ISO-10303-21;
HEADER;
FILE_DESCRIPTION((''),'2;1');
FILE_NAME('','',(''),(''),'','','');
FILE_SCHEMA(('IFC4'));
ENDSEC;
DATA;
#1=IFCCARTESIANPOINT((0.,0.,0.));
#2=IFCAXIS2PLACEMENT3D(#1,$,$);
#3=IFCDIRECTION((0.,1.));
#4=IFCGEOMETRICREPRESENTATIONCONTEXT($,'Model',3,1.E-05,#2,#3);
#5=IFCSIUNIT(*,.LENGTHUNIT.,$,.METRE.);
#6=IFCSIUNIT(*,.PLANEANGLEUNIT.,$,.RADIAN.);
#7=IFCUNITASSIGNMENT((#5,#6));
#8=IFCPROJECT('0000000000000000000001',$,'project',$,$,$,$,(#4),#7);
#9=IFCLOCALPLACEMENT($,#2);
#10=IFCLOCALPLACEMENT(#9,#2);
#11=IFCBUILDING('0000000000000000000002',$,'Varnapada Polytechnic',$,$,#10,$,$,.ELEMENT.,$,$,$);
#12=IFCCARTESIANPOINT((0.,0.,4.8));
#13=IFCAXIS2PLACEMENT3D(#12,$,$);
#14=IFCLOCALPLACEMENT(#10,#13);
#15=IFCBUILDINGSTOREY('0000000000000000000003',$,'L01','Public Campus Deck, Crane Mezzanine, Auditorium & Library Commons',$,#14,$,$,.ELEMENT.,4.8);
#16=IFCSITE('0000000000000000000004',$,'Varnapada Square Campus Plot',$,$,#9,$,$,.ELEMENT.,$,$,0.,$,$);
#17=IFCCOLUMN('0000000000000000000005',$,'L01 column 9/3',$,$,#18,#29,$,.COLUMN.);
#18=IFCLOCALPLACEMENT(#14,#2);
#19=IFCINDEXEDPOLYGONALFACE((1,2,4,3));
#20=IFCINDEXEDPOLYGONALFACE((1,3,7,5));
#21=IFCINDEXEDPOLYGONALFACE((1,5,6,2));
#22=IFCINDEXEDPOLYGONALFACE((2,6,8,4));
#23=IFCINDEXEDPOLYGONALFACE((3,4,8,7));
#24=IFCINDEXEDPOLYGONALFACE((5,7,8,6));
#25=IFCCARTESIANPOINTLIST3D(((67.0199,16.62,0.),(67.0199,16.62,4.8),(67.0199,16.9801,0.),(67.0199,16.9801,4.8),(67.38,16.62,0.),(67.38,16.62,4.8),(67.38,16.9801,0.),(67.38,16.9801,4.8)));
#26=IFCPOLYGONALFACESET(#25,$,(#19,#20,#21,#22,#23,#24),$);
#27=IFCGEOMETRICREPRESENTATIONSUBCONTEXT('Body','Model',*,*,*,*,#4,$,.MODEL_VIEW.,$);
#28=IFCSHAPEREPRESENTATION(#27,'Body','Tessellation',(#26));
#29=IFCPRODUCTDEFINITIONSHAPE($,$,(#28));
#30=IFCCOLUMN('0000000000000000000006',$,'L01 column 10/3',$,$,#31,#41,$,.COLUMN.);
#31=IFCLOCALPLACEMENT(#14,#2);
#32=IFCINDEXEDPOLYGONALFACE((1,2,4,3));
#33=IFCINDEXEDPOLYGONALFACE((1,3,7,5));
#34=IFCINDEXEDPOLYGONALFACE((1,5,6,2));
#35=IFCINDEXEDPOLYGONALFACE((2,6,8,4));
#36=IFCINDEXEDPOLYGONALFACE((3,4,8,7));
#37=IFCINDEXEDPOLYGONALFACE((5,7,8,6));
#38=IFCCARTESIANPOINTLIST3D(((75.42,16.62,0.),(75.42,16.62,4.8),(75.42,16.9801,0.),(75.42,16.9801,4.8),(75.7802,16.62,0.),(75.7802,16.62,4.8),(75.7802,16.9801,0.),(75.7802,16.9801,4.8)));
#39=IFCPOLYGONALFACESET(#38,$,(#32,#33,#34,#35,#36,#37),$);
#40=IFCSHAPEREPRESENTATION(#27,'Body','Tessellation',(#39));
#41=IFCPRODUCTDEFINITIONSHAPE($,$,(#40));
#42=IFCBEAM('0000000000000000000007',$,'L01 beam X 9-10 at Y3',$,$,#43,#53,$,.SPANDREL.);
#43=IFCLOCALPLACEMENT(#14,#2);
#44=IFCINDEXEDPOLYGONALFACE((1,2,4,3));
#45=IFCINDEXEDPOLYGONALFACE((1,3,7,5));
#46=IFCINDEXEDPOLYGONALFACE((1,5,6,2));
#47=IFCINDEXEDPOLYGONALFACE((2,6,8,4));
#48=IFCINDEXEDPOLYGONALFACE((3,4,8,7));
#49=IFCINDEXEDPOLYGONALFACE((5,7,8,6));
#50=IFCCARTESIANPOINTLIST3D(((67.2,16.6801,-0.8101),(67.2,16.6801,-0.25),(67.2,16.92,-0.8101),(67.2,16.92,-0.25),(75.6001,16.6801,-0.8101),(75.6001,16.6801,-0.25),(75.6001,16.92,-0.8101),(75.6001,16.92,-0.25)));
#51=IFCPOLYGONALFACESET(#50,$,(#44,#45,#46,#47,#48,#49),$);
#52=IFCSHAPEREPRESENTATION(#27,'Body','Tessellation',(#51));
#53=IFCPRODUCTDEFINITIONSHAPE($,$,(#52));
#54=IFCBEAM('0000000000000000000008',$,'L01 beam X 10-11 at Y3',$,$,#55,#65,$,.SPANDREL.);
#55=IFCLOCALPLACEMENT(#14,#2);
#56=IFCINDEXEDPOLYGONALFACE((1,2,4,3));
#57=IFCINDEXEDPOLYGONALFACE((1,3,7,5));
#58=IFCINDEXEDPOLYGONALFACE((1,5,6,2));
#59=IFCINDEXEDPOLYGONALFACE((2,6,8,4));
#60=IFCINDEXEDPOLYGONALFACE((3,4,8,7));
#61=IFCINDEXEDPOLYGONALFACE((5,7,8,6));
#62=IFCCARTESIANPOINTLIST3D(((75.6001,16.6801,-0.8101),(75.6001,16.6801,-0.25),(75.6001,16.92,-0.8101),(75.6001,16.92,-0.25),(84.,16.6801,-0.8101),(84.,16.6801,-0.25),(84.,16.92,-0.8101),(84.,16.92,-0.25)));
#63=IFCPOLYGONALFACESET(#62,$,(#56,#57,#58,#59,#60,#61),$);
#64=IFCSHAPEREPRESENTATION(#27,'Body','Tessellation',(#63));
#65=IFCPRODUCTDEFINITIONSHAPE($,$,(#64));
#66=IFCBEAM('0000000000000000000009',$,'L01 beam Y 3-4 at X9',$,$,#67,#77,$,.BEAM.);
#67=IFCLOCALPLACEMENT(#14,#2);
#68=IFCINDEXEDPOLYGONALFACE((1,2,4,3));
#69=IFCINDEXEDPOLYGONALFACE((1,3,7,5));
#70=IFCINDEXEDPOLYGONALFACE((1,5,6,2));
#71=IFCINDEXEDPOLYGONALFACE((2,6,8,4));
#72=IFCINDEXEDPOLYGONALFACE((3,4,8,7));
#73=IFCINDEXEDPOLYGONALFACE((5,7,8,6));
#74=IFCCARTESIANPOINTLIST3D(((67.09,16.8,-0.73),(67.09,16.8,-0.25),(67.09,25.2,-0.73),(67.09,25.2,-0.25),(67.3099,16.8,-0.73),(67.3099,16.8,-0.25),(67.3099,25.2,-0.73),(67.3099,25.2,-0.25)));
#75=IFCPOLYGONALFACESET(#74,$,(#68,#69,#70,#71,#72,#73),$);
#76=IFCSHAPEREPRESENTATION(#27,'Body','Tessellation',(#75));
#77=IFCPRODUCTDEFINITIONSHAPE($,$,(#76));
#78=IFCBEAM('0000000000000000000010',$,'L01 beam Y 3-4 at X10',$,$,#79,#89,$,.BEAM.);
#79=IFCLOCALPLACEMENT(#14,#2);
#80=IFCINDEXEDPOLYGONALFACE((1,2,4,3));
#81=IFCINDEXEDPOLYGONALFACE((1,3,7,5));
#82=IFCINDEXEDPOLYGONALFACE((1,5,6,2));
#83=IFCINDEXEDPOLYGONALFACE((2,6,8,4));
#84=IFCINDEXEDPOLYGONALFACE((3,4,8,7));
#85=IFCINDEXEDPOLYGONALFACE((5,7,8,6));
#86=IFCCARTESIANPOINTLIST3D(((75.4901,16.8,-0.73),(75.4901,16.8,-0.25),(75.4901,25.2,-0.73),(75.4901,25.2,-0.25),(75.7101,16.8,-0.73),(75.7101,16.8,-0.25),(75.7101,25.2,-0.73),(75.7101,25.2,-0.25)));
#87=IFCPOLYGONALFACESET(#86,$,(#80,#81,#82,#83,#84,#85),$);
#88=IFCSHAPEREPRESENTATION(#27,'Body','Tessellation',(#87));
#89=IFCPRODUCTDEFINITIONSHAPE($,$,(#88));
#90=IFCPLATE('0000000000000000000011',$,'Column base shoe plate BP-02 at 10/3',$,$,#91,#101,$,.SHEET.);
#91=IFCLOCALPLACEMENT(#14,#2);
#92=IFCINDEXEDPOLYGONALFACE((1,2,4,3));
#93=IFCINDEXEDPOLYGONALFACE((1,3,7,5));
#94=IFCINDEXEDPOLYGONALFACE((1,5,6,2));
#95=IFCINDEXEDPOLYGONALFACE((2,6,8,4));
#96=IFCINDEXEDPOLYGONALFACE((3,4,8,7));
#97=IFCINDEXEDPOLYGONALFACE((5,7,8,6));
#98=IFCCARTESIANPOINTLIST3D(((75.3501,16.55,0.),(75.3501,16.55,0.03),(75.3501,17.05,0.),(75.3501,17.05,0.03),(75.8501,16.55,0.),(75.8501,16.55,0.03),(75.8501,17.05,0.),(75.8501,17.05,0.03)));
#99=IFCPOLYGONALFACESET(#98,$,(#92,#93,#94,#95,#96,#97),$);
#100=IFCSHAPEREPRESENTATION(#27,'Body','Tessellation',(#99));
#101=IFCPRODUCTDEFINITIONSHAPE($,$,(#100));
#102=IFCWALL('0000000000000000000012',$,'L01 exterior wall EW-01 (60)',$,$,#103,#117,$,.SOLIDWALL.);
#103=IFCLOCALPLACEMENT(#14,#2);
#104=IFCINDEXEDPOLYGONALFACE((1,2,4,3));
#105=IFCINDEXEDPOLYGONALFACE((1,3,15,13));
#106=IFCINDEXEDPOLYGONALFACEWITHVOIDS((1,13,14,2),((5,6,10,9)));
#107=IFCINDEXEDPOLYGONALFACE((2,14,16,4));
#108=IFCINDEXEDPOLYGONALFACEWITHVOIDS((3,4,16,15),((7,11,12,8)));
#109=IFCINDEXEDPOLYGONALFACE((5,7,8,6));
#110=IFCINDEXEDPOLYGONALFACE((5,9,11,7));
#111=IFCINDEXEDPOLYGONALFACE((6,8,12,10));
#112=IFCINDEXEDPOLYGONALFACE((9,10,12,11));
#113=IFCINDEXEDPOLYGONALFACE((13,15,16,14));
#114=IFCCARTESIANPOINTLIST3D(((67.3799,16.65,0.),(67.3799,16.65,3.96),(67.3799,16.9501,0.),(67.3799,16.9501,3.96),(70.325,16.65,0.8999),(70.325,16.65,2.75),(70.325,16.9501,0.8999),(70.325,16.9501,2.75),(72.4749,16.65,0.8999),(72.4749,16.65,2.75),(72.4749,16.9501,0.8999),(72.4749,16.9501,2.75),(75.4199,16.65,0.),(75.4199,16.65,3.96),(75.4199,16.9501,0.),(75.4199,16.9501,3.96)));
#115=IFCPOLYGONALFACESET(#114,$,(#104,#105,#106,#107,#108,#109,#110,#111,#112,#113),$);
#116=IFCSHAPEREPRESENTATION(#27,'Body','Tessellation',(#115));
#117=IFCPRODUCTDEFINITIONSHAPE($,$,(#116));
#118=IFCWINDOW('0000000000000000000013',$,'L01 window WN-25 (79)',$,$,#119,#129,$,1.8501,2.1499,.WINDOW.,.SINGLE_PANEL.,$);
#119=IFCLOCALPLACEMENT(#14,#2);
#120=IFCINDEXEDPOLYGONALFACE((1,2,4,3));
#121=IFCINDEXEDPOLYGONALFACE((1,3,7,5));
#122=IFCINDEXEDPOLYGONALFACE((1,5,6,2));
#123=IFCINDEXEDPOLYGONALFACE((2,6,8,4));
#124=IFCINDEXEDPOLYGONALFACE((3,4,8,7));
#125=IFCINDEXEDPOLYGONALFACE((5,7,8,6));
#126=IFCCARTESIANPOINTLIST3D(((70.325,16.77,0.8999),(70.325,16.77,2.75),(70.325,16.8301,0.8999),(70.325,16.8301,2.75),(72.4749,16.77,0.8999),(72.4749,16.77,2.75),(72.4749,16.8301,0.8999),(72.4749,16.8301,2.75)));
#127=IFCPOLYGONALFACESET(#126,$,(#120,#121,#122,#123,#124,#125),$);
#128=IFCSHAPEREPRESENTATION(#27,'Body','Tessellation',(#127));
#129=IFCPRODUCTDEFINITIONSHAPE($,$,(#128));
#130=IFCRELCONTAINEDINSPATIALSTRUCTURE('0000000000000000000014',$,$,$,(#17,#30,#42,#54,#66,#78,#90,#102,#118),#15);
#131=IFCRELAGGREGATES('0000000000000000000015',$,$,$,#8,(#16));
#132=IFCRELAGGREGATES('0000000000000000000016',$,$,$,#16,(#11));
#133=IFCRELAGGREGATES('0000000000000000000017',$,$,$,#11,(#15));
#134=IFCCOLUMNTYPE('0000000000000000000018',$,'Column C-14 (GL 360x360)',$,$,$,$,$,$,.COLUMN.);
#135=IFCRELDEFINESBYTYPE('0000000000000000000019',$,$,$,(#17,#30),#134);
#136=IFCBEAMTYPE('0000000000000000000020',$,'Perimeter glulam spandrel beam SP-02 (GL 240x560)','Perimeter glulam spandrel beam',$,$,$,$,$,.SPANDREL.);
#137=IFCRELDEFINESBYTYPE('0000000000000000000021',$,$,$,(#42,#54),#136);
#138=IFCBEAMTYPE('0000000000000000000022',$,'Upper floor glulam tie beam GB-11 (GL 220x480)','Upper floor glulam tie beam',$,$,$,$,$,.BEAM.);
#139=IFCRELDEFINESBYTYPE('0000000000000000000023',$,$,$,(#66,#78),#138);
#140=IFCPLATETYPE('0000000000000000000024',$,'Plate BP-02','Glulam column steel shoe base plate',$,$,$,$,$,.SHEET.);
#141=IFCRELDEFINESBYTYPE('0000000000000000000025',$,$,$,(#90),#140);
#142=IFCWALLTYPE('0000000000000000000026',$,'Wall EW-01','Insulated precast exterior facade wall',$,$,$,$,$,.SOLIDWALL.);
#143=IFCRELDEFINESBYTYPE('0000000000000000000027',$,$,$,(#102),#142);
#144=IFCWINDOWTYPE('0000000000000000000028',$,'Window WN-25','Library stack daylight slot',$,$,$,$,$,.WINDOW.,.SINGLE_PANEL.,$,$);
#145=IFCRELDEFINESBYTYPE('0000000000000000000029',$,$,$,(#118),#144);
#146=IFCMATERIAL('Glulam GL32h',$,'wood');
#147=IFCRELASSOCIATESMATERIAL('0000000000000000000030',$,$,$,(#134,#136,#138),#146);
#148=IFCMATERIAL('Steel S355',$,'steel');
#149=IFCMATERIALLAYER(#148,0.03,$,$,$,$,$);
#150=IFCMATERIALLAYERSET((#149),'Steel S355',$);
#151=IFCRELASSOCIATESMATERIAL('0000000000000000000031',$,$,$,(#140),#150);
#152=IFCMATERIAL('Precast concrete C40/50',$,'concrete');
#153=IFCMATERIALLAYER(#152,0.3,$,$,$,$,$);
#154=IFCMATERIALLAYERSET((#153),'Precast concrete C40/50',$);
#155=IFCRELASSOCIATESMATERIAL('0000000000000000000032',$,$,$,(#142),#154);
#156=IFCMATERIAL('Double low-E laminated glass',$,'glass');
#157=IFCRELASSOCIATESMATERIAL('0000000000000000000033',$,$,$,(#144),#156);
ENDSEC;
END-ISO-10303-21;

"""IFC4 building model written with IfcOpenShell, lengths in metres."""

from ifc_helpers import new_model, si_unit, direction, frame, frame_2d, origin, origin_2d, place, context, subcontext, project, spatial, rectangle, extrude, material, layer, layer_set, material_profile, profile_set, type_object, element, fill, save


model = new_model("IFC4")

# Units and contexts
model_context = context("Model", 3, precision=1e-05, world=origin(), true_north=direction((0.0, 1.0)))
body_context = subcontext(model_context, "Body", "Model", "MODEL_VIEW")
ifc_project = project(units=[si_unit("LENGTHUNIT", "METRE"), si_unit("PLANEANGLEUNIT", "RADIAN")], contexts=[model_context])

# Site, building, storey
site_placement = place(None, origin())
site = spatial("IfcSite", under=ifc_project, at=site_placement, Name="Varnapada Square Campus Plot", CompositionType="ELEMENT", RefElevation=0.0)
building_placement = place(site_placement, origin())
building = spatial("IfcBuilding", under=site, at=building_placement, Name="Varnapada Polytechnic", CompositionType="ELEMENT")
storey_placement = place(building_placement, frame((0.0, 0.0, 4.8)))
storey = spatial("IfcBuildingStorey", under=building, at=storey_placement, Name="L01", Description="Public Campus Deck, Crane Mezzanine, Auditorium & Library Commons", CompositionType="ELEMENT", Elevation=4.8)

# Columns
ifc_material_1 = material(Name="Glulam GL32h", Category="wood")
ifc_material_profile_1 = material_profile(ifc_material_1, rectangle(XDim=0.3601, YDim=0.3601, at=origin_2d()), Name="GL 360x360")
ifc_profile_set_1 = profile_set([ifc_material_profile_1], Name="Glulam GL32h")
column_type = type_object("IfcColumnType", Name="Column C-14 (GL 360x360)", PredefinedType="COLUMN", material=ifc_profile_set_1)
for number, where, z_axis, x_axis, name in (
    (1, (67.2, 16.8, 0.0), (0.0, 0.0, 1.0), (1.0, 0.0, 0.0), "L01 column 9/3"),
    (2, (75.6001, 16.8, 0.0), (0.0, 0.0, 1.0), (1.0, 0.0, 0.0), "L01 column 10/3"),
):
    element("IfcColumn", number, at=place(storey_placement, frame(where, z_axis=z_axis, x_axis=x_axis)), inside=storey, type_object=column_type, Name=name, PredefinedType="COLUMN", context=body_context, shape_type="SweptSolid", body=[
        extrude(rectangle(XDim=0.3601, YDim=0.3601, at=origin_2d()), origin(), (0.0, 0.0, 1.0), 4.8),
    ])

# Beams
ifc_material_profile_2 = material_profile(ifc_material_1, rectangle(XDim=0.24, YDim=0.5601, at=origin_2d()), Name="GL 240x560")
ifc_profile_set_2 = profile_set([ifc_material_profile_2], Name="Glulam GL32h")
beam_type_1 = type_object("IfcBeamType", Name="Perimeter glulam spandrel beam SP-02 (GL 240x560)", Description="Perimeter glulam spandrel beam", PredefinedType="SPANDREL", material=ifc_profile_set_2)
beam_1_placement = place(storey_placement, frame((67.2, 16.8, -0.53), z_axis=(1.0, 0.0, 0.0), x_axis=(0.0, 1.0, 0.0)))
element("IfcBeam", 3, at=beam_1_placement, inside=storey, type_object=beam_type_1, Name="L01 beam X 9-10 at Y3", PredefinedType="SPANDREL", context=body_context, shape_type="SweptSolid", body=[
    extrude(rectangle(XDim=0.24, YDim=0.5601, at=origin_2d()), origin(), (0.0, 0.0, 1.0), 8.4001),
])
beam_2_placement = place(storey_placement, frame((75.6001, 16.8, -0.53), z_axis=(1.0, 0.0, 0.0), x_axis=(0.0, 1.0, 0.0)))
element("IfcBeam", 4, at=beam_2_placement, inside=storey, type_object=beam_type_1, Name="L01 beam X 10-11 at Y3", PredefinedType="SPANDREL", context=body_context, shape_type="SweptSolid", body=[
    extrude(rectangle(XDim=0.24, YDim=0.5601, at=origin_2d()), origin(), (0.0, 0.0, 1.0), 8.3999),
])
ifc_material_profile_3 = material_profile(ifc_material_1, rectangle(XDim=0.22, YDim=0.48, at=origin_2d()), Name="GL 220x480")
ifc_profile_set_3 = profile_set([ifc_material_profile_3], Name="Glulam GL32h")
beam_type_2 = type_object("IfcBeamType", Name="Upper floor glulam tie beam GB-11 (GL 220x480)", Description="Upper floor glulam tie beam", PredefinedType="BEAM", material=ifc_profile_set_3)
for number, where, z_axis, x_axis, name in (
    (5, (67.2, 16.8, -0.49), (0.0, 1.0, 0.0), (-1.0, 0.0, 0.0), "L01 beam Y 3-4 at X9"),
    (6, (75.6001, 16.8, -0.49), (0.0, 1.0, 0.0), (-1.0, 0.0, 0.0), "L01 beam Y 3-4 at X10"),
):
    element("IfcBeam", number, at=place(storey_placement, frame(where, z_axis=z_axis, x_axis=x_axis)), inside=storey, type_object=beam_type_2, Name=name, PredefinedType="BEAM", context=body_context, shape_type="SweptSolid", body=[
        extrude(rectangle(XDim=0.22, YDim=0.48, at=origin_2d()), origin(), (0.0, 0.0, 1.0), 8.3999),
    ])

# Plate
ifc_material_2 = material(Name="Steel S355", Category="steel")
ifc_layer_1 = layer(ifc_material_2, 0.03)
ifc_layer_set_1 = layer_set([ifc_layer_1], Name="Steel S355")
plate_type = type_object("IfcPlateType", Name="Plate BP-02", Description="Glulam column steel shoe base plate", PredefinedType="SHEET", material=ifc_layer_set_1)
plate_placement = place(storey_placement, frame((75.6001, 16.8, 0.0), z_axis=(0.0, 0.0, 1.0), x_axis=(1.0, 0.0, 0.0)))
element("IfcPlate", 7, at=plate_placement, inside=storey, type_object=plate_type, Name="Column base shoe plate BP-02 at 10/3", PredefinedType="SHEET", context=body_context, shape_type="SweptSolid", body=[
    extrude(rectangle(XDim=0.5, YDim=0.5, at=origin_2d()), origin(), (0.0, 0.0, 1.0), 0.03),
])

# Wall, opening, window
ifc_material_3 = material(Name="Precast concrete C40/50", Category="concrete")
ifc_layer_2 = layer(ifc_material_3, 0.3)
ifc_layer_set_2 = layer_set([ifc_layer_2], Name="Precast concrete C40/50")
wall_type = type_object("IfcWallType", Name="Wall EW-01", Description="Insulated precast exterior facade wall", PredefinedType="SOLIDWALL", material=ifc_layer_set_2)
wall_placement = place(storey_placement, frame((75.4199, 16.8, 0.0), z_axis=(0.0, 0.0, 1.0), x_axis=(-1.0, 0.0, 0.0)))
wall = element("IfcWall", 8, at=wall_placement, inside=storey, type_object=wall_type, Name="L01 exterior wall EW-01 (60)", PredefinedType="SOLIDWALL", context=body_context, shape_type="SweptSolid", body=[
    extrude(rectangle(XDim=8.04, YDim=0.3, at=frame_2d((4.02, 0.0))), origin(), (0.0, 0.0, 1.0), 3.96),
])
opening_1_placement = place(wall_placement, frame((2.9451, 0.0, 0.8999)))
opening_1 = element("IfcOpeningElement", 9, at=opening_1_placement, cuts=wall, PredefinedType="OPENING", context=body_context, shape_type="SweptSolid", body=[
    extrude(rectangle(XDim=2.1499, YDim=1.8501, at=frame_2d((1.075, 0.925))), frame((0.0, 0.1599, 0.0), z_axis=(0.0, -1.0, 0.0), x_axis=(1.0, 0.0, 0.0)), (0.0, 0.0, 1.0), 0.3201),
])
ifc_material_4 = material(Name="Double low-E laminated glass", Category="glass")
window_type = type_object("IfcWindowType", Name="Window WN-25", Description="Library stack daylight slot", PartitioningType="SINGLE_PANEL", PredefinedType="WINDOW", material=ifc_material_4)
window_placement = place(opening_1_placement, origin())
window = element("IfcWindow", 10, at=window_placement, inside=storey, type_object=window_type, Name="L01 window WN-25 (79)", OverallHeight=1.8501, OverallWidth=2.1499, PartitioningType="SINGLE_PANEL", PredefinedType="WINDOW", context=body_context, shape_type="SweptSolid", body=[
    extrude(rectangle(XDim=2.1499, YDim=1.8501, at=frame_2d((1.075, 0.925))), frame((0.0, 0.03, 0.0), z_axis=(0.0, -1.0, 0.0), x_axis=(1.0, 0.0, 0.0)), (0.0, 0.0, 1.0), 0.0601),
])
fill(opening_1, window)

save(model, "model.ifc")
